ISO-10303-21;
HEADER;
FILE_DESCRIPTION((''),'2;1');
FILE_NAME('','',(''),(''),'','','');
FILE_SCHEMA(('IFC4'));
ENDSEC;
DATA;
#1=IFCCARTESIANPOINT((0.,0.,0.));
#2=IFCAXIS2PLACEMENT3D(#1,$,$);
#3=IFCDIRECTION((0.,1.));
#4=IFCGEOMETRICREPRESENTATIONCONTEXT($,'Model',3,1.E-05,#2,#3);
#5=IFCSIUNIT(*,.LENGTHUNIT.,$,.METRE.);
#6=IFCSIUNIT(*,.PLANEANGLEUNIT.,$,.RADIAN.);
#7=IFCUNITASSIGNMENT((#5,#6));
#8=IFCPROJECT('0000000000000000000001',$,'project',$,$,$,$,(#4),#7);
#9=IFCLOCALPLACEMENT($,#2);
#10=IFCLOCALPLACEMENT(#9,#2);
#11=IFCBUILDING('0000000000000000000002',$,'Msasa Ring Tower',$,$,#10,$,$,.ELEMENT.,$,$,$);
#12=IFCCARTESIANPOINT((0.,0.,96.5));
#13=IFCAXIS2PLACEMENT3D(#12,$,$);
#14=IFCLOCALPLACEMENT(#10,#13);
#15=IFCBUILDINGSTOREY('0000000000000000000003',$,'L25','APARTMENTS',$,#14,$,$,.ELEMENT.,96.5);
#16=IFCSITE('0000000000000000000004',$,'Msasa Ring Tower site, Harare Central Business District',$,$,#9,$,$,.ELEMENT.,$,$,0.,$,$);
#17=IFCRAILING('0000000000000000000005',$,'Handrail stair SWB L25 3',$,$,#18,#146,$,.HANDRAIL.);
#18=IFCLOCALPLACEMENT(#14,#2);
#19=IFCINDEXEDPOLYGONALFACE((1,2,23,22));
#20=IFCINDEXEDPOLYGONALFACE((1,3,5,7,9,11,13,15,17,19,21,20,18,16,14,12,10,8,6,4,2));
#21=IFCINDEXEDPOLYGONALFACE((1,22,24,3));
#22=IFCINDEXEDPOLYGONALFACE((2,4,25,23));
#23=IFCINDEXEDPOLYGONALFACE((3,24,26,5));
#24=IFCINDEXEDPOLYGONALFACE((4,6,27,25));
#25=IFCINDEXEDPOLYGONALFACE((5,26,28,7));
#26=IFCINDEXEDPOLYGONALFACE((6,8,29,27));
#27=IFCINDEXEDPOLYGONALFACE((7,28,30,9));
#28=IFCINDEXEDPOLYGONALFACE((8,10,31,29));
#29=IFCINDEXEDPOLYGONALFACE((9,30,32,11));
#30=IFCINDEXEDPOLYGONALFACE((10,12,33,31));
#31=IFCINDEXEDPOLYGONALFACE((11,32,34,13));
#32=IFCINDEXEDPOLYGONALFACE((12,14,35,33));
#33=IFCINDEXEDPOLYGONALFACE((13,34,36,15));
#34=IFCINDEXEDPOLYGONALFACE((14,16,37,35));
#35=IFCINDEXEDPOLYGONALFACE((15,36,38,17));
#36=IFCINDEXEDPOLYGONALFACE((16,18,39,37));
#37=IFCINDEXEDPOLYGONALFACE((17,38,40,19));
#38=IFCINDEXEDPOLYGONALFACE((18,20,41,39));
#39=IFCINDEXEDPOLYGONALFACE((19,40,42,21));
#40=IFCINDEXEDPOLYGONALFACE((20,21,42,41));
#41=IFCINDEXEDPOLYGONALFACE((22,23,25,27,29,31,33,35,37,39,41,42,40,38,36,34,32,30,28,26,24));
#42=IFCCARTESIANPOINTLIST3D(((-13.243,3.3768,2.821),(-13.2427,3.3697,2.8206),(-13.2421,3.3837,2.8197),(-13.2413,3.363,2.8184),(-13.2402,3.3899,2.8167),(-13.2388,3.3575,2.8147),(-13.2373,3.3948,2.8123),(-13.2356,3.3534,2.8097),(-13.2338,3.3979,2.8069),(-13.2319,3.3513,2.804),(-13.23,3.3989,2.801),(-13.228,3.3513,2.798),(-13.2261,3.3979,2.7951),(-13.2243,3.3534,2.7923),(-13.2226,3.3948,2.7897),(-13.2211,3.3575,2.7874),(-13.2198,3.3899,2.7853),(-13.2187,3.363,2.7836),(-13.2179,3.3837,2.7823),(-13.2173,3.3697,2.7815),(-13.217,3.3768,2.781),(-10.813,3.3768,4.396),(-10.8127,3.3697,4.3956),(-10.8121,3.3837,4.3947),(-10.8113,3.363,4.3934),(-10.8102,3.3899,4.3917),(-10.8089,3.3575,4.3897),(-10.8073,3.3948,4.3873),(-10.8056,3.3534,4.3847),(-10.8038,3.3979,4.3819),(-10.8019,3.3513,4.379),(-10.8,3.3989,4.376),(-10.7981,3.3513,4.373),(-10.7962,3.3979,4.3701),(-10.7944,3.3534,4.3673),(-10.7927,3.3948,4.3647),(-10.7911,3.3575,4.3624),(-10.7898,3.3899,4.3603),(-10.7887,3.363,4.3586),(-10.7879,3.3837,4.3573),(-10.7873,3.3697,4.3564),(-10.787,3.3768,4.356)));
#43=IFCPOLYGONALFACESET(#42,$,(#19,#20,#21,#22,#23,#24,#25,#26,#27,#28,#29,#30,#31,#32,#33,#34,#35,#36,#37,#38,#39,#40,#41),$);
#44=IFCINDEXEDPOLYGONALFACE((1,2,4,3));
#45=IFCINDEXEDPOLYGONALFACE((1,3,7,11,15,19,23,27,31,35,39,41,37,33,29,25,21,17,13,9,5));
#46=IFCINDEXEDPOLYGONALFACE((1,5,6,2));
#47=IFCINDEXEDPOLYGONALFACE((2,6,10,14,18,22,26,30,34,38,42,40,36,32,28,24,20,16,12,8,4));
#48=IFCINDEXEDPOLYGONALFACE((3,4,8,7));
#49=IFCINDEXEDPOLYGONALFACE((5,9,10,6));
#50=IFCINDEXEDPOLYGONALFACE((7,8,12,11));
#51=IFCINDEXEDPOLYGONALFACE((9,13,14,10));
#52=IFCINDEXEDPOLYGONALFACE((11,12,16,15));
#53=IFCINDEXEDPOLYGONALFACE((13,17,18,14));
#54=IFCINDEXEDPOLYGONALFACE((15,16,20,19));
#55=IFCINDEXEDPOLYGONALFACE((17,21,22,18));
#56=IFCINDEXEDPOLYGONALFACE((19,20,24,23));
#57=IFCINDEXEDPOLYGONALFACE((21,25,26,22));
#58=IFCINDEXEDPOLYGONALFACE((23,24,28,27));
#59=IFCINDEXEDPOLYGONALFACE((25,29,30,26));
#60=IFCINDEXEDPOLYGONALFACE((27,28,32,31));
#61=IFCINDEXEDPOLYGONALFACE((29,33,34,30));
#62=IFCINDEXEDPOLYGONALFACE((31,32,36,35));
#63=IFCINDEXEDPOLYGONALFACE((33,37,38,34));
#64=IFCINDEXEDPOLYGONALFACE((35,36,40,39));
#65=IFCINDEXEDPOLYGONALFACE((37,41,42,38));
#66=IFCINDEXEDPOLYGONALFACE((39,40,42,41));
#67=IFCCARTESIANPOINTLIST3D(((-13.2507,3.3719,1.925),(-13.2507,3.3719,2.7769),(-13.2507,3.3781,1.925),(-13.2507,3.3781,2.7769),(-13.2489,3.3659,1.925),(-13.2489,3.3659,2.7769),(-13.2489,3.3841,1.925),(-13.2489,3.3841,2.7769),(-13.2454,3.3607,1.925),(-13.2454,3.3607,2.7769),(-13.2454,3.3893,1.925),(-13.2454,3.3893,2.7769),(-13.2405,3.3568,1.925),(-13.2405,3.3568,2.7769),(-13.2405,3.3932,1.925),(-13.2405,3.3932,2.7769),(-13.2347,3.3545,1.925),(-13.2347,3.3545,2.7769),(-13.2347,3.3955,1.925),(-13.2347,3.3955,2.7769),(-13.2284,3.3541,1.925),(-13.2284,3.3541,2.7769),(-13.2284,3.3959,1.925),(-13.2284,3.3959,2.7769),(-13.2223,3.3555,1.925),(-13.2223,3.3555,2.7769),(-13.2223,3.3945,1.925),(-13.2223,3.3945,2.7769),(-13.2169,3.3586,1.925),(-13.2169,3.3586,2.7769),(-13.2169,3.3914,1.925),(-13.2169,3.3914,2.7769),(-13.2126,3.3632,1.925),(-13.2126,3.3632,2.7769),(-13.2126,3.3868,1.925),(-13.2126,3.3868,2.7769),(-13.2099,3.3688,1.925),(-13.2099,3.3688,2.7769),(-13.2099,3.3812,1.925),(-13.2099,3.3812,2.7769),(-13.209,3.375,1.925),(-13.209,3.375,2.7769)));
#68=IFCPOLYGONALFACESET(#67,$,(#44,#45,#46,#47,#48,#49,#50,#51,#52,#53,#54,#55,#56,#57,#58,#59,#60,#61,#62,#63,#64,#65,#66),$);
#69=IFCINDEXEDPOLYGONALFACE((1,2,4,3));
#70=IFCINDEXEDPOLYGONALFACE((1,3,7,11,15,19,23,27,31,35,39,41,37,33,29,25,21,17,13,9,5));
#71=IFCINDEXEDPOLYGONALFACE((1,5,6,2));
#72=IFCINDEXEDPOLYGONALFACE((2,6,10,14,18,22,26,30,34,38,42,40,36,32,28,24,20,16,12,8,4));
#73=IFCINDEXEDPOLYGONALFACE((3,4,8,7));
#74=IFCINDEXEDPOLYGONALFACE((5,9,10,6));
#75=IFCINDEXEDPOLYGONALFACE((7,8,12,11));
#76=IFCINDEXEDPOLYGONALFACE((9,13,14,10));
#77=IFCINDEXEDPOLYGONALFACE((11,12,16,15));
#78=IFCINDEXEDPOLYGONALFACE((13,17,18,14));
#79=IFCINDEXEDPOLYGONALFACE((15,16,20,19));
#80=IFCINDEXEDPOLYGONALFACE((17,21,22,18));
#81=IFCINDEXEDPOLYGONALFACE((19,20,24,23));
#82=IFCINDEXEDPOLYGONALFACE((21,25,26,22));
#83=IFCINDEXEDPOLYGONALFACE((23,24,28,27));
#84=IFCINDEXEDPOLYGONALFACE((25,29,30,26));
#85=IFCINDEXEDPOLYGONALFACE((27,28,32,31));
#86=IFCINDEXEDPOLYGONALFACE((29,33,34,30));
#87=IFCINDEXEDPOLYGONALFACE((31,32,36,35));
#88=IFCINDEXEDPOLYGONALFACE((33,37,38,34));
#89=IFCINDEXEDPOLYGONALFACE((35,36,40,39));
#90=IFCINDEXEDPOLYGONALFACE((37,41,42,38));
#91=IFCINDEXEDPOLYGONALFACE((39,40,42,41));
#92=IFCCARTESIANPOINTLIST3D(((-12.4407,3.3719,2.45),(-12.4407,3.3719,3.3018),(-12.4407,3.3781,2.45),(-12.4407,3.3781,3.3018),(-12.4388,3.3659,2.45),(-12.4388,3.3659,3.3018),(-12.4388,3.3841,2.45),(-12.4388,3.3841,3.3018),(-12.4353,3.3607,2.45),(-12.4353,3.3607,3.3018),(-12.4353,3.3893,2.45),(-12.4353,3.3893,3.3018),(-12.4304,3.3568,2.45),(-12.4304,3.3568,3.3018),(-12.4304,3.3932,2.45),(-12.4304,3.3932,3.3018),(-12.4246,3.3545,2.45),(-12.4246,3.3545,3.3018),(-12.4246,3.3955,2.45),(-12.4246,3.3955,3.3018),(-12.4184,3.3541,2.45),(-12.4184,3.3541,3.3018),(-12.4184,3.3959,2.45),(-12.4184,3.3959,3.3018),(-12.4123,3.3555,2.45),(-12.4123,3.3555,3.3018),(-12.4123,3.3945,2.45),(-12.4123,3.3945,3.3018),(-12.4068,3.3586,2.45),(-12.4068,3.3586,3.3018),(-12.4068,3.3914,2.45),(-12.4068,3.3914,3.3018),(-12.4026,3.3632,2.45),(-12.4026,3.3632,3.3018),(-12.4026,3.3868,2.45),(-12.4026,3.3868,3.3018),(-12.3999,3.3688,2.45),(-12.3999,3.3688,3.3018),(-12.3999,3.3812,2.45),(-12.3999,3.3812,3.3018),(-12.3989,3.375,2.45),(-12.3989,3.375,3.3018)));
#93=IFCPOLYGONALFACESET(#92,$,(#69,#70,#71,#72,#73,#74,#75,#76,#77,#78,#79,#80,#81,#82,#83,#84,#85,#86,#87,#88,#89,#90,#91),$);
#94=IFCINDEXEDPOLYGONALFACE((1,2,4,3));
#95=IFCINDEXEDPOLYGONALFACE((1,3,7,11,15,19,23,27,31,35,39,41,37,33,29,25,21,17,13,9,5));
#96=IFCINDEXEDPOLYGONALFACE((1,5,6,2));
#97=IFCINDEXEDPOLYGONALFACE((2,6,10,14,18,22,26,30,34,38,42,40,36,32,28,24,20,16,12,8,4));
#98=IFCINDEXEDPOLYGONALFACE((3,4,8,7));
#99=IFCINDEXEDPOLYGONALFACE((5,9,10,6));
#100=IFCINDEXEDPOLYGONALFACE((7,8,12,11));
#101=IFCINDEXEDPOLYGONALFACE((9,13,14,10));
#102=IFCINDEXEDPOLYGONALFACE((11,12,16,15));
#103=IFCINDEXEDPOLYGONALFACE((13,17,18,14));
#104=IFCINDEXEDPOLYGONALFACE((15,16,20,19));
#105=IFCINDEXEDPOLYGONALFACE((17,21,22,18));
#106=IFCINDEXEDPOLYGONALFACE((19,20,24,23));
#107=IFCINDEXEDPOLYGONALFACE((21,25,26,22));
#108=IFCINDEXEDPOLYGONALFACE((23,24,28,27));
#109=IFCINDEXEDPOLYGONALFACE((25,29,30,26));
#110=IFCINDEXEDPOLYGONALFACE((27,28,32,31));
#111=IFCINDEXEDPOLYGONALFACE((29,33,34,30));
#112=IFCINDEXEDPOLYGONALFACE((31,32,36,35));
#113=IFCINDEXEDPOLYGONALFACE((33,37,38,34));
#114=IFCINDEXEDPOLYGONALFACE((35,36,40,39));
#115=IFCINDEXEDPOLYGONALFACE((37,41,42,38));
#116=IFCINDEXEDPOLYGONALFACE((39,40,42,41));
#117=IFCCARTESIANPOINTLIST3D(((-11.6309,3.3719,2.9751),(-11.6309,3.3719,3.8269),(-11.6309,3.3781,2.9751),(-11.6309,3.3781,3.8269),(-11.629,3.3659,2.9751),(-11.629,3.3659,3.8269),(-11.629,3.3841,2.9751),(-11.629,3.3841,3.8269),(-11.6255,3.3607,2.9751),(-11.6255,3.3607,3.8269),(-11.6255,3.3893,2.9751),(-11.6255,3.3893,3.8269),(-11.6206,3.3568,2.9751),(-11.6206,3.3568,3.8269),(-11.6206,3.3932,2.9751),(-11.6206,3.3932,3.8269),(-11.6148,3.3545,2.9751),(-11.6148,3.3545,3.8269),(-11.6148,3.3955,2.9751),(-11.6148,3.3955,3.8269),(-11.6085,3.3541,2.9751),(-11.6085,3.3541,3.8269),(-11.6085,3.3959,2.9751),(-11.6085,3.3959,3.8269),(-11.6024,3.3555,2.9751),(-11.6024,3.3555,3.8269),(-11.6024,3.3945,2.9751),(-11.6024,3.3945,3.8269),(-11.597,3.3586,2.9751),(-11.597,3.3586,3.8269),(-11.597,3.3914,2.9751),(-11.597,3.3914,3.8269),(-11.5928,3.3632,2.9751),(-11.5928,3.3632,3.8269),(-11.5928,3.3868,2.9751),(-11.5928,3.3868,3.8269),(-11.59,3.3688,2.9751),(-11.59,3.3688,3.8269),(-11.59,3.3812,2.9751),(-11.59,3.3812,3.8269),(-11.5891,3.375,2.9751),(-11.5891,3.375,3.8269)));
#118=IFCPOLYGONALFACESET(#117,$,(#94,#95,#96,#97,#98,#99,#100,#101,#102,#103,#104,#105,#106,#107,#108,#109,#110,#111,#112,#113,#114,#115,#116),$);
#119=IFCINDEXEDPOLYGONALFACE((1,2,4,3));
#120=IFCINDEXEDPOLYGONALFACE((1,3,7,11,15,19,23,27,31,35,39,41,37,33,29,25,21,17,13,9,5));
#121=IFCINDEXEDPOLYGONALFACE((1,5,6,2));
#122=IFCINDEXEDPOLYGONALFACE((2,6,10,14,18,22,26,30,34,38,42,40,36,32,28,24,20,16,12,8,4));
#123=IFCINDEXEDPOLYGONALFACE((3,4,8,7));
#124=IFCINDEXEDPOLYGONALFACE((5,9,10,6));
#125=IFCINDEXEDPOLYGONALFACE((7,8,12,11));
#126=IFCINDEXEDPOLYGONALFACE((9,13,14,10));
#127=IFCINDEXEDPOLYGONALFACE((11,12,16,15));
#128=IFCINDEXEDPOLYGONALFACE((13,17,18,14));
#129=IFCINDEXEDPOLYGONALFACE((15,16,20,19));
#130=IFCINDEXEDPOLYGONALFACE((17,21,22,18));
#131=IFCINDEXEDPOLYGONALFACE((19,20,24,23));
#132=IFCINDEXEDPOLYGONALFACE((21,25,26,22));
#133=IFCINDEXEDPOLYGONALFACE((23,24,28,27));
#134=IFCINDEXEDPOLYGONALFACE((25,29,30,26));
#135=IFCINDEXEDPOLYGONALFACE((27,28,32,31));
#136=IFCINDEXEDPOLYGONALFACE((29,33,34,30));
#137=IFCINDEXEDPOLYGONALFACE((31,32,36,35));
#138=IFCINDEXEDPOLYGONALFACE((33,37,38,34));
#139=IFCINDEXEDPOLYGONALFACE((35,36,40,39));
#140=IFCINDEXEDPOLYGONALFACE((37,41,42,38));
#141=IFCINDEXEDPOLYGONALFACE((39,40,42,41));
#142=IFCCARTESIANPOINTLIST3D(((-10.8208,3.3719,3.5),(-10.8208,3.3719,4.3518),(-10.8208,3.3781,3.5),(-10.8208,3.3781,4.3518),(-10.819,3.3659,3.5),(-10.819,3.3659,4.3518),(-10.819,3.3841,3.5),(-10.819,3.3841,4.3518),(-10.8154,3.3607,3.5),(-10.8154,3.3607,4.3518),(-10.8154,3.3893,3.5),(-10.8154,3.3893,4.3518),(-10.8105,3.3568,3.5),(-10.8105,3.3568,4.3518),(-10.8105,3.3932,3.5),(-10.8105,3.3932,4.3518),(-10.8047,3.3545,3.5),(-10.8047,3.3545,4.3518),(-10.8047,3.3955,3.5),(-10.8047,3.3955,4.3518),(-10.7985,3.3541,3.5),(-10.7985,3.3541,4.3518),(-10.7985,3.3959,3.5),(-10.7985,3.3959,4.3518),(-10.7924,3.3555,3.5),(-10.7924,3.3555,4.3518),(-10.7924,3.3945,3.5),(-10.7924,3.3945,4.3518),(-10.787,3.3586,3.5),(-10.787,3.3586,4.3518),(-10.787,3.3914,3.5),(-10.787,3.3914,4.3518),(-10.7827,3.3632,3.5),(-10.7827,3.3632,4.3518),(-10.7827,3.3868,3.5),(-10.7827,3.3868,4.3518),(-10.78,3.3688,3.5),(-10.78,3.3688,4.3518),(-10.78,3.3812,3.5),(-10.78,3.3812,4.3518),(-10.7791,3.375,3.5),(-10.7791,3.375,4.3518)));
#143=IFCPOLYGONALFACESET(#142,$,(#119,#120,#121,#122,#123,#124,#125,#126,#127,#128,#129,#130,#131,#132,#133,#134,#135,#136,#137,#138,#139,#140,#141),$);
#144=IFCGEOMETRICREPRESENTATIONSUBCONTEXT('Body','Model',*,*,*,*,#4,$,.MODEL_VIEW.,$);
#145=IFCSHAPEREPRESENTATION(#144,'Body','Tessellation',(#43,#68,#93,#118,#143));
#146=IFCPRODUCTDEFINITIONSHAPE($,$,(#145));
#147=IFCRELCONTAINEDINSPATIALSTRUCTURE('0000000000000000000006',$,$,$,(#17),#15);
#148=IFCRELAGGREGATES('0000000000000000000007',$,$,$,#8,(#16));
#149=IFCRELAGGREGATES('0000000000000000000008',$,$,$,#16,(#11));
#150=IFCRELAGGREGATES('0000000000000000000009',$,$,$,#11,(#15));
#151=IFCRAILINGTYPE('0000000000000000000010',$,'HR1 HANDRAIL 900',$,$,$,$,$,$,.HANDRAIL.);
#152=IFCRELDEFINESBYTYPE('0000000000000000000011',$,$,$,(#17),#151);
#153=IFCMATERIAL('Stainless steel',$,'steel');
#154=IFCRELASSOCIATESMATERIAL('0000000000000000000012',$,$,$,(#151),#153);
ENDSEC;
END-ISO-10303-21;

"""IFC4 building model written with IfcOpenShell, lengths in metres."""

from ifc_helpers import new_model, si_unit, direction, frame, origin, origin_2d, place, context, subcontext, project, spatial, circle, extrude, material, type_object, element, save


model = new_model("IFC4")

# Units and contexts
model_context = context("Model", 3, precision=1e-05, world=origin(), true_north=direction((0.0, 1.0)))
body_context = subcontext(model_context, "Body", "Model", "MODEL_VIEW")
ifc_project = project(units=[si_unit("LENGTHUNIT", "METRE"), si_unit("PLANEANGLEUNIT", "RADIAN")], contexts=[model_context])

# Site, building, storey
site_placement = place(None, origin())
site = spatial("IfcSite", under=ifc_project, at=site_placement, Name="Msasa Ring Tower site, Harare Central Business District", CompositionType="ELEMENT", RefElevation=0.0)
building_placement = place(site_placement, origin())
building = spatial("IfcBuilding", under=site, at=building_placement, Name="Msasa Ring Tower", CompositionType="ELEMENT")
storey_placement = place(building_placement, frame((0.0, 0.0, 96.5)))
storey = spatial("IfcBuildingStorey", under=building, at=storey_placement, Name="L25", Description="APARTMENTS", CompositionType="ELEMENT", Elevation=96.5)

# Railing
ifc_material_1 = material(Name="Stainless steel", Category="steel")
railing_type = type_object("IfcRailingType", Name="HR1 HANDRAIL 900", PredefinedType="HANDRAIL", material=ifc_material_1)
for number, where, name in (
    (1, (-13.23, 3.375, 1.925), "Handrail stair SWB L25 3"),
):
    element("IfcRailing", number, at=place(storey_placement, frame(where)), inside=storey, type_object=railing_type, Name=name, PredefinedType="HANDRAIL", context=body_context, shape_type="SweptSolid", body=[
        extrude(circle(Radius=0.0239, at=origin_2d()), frame((0.0, 0.0, 0.876), z_axis=(0.839154, 0.0, 0.543894), x_axis=(0.0, 1.0, 0.0)), (0.0, 0.0, 1.0), 2.8958),
        extrude(circle(Radius=0.021, at=origin_2d()), origin(), (0.0, 0.0, 1.0), 0.8518),
        extrude(circle(Radius=0.021, at=origin_2d()), frame((0.8101, 0.0, 0.5249)), (0.0, 0.0, 1.0), 0.8518),
        extrude(circle(Radius=0.021, at=origin_2d()), frame((1.6199, 0.0, 1.05)), (0.0, 0.0, 1.0), 0.8518),
        extrude(circle(Radius=0.021, at=origin_2d()), frame((2.4299, 0.0, 1.575)), (0.0, 0.0, 1.0), 0.8518),
    ])

save(model, "model.ifc")
